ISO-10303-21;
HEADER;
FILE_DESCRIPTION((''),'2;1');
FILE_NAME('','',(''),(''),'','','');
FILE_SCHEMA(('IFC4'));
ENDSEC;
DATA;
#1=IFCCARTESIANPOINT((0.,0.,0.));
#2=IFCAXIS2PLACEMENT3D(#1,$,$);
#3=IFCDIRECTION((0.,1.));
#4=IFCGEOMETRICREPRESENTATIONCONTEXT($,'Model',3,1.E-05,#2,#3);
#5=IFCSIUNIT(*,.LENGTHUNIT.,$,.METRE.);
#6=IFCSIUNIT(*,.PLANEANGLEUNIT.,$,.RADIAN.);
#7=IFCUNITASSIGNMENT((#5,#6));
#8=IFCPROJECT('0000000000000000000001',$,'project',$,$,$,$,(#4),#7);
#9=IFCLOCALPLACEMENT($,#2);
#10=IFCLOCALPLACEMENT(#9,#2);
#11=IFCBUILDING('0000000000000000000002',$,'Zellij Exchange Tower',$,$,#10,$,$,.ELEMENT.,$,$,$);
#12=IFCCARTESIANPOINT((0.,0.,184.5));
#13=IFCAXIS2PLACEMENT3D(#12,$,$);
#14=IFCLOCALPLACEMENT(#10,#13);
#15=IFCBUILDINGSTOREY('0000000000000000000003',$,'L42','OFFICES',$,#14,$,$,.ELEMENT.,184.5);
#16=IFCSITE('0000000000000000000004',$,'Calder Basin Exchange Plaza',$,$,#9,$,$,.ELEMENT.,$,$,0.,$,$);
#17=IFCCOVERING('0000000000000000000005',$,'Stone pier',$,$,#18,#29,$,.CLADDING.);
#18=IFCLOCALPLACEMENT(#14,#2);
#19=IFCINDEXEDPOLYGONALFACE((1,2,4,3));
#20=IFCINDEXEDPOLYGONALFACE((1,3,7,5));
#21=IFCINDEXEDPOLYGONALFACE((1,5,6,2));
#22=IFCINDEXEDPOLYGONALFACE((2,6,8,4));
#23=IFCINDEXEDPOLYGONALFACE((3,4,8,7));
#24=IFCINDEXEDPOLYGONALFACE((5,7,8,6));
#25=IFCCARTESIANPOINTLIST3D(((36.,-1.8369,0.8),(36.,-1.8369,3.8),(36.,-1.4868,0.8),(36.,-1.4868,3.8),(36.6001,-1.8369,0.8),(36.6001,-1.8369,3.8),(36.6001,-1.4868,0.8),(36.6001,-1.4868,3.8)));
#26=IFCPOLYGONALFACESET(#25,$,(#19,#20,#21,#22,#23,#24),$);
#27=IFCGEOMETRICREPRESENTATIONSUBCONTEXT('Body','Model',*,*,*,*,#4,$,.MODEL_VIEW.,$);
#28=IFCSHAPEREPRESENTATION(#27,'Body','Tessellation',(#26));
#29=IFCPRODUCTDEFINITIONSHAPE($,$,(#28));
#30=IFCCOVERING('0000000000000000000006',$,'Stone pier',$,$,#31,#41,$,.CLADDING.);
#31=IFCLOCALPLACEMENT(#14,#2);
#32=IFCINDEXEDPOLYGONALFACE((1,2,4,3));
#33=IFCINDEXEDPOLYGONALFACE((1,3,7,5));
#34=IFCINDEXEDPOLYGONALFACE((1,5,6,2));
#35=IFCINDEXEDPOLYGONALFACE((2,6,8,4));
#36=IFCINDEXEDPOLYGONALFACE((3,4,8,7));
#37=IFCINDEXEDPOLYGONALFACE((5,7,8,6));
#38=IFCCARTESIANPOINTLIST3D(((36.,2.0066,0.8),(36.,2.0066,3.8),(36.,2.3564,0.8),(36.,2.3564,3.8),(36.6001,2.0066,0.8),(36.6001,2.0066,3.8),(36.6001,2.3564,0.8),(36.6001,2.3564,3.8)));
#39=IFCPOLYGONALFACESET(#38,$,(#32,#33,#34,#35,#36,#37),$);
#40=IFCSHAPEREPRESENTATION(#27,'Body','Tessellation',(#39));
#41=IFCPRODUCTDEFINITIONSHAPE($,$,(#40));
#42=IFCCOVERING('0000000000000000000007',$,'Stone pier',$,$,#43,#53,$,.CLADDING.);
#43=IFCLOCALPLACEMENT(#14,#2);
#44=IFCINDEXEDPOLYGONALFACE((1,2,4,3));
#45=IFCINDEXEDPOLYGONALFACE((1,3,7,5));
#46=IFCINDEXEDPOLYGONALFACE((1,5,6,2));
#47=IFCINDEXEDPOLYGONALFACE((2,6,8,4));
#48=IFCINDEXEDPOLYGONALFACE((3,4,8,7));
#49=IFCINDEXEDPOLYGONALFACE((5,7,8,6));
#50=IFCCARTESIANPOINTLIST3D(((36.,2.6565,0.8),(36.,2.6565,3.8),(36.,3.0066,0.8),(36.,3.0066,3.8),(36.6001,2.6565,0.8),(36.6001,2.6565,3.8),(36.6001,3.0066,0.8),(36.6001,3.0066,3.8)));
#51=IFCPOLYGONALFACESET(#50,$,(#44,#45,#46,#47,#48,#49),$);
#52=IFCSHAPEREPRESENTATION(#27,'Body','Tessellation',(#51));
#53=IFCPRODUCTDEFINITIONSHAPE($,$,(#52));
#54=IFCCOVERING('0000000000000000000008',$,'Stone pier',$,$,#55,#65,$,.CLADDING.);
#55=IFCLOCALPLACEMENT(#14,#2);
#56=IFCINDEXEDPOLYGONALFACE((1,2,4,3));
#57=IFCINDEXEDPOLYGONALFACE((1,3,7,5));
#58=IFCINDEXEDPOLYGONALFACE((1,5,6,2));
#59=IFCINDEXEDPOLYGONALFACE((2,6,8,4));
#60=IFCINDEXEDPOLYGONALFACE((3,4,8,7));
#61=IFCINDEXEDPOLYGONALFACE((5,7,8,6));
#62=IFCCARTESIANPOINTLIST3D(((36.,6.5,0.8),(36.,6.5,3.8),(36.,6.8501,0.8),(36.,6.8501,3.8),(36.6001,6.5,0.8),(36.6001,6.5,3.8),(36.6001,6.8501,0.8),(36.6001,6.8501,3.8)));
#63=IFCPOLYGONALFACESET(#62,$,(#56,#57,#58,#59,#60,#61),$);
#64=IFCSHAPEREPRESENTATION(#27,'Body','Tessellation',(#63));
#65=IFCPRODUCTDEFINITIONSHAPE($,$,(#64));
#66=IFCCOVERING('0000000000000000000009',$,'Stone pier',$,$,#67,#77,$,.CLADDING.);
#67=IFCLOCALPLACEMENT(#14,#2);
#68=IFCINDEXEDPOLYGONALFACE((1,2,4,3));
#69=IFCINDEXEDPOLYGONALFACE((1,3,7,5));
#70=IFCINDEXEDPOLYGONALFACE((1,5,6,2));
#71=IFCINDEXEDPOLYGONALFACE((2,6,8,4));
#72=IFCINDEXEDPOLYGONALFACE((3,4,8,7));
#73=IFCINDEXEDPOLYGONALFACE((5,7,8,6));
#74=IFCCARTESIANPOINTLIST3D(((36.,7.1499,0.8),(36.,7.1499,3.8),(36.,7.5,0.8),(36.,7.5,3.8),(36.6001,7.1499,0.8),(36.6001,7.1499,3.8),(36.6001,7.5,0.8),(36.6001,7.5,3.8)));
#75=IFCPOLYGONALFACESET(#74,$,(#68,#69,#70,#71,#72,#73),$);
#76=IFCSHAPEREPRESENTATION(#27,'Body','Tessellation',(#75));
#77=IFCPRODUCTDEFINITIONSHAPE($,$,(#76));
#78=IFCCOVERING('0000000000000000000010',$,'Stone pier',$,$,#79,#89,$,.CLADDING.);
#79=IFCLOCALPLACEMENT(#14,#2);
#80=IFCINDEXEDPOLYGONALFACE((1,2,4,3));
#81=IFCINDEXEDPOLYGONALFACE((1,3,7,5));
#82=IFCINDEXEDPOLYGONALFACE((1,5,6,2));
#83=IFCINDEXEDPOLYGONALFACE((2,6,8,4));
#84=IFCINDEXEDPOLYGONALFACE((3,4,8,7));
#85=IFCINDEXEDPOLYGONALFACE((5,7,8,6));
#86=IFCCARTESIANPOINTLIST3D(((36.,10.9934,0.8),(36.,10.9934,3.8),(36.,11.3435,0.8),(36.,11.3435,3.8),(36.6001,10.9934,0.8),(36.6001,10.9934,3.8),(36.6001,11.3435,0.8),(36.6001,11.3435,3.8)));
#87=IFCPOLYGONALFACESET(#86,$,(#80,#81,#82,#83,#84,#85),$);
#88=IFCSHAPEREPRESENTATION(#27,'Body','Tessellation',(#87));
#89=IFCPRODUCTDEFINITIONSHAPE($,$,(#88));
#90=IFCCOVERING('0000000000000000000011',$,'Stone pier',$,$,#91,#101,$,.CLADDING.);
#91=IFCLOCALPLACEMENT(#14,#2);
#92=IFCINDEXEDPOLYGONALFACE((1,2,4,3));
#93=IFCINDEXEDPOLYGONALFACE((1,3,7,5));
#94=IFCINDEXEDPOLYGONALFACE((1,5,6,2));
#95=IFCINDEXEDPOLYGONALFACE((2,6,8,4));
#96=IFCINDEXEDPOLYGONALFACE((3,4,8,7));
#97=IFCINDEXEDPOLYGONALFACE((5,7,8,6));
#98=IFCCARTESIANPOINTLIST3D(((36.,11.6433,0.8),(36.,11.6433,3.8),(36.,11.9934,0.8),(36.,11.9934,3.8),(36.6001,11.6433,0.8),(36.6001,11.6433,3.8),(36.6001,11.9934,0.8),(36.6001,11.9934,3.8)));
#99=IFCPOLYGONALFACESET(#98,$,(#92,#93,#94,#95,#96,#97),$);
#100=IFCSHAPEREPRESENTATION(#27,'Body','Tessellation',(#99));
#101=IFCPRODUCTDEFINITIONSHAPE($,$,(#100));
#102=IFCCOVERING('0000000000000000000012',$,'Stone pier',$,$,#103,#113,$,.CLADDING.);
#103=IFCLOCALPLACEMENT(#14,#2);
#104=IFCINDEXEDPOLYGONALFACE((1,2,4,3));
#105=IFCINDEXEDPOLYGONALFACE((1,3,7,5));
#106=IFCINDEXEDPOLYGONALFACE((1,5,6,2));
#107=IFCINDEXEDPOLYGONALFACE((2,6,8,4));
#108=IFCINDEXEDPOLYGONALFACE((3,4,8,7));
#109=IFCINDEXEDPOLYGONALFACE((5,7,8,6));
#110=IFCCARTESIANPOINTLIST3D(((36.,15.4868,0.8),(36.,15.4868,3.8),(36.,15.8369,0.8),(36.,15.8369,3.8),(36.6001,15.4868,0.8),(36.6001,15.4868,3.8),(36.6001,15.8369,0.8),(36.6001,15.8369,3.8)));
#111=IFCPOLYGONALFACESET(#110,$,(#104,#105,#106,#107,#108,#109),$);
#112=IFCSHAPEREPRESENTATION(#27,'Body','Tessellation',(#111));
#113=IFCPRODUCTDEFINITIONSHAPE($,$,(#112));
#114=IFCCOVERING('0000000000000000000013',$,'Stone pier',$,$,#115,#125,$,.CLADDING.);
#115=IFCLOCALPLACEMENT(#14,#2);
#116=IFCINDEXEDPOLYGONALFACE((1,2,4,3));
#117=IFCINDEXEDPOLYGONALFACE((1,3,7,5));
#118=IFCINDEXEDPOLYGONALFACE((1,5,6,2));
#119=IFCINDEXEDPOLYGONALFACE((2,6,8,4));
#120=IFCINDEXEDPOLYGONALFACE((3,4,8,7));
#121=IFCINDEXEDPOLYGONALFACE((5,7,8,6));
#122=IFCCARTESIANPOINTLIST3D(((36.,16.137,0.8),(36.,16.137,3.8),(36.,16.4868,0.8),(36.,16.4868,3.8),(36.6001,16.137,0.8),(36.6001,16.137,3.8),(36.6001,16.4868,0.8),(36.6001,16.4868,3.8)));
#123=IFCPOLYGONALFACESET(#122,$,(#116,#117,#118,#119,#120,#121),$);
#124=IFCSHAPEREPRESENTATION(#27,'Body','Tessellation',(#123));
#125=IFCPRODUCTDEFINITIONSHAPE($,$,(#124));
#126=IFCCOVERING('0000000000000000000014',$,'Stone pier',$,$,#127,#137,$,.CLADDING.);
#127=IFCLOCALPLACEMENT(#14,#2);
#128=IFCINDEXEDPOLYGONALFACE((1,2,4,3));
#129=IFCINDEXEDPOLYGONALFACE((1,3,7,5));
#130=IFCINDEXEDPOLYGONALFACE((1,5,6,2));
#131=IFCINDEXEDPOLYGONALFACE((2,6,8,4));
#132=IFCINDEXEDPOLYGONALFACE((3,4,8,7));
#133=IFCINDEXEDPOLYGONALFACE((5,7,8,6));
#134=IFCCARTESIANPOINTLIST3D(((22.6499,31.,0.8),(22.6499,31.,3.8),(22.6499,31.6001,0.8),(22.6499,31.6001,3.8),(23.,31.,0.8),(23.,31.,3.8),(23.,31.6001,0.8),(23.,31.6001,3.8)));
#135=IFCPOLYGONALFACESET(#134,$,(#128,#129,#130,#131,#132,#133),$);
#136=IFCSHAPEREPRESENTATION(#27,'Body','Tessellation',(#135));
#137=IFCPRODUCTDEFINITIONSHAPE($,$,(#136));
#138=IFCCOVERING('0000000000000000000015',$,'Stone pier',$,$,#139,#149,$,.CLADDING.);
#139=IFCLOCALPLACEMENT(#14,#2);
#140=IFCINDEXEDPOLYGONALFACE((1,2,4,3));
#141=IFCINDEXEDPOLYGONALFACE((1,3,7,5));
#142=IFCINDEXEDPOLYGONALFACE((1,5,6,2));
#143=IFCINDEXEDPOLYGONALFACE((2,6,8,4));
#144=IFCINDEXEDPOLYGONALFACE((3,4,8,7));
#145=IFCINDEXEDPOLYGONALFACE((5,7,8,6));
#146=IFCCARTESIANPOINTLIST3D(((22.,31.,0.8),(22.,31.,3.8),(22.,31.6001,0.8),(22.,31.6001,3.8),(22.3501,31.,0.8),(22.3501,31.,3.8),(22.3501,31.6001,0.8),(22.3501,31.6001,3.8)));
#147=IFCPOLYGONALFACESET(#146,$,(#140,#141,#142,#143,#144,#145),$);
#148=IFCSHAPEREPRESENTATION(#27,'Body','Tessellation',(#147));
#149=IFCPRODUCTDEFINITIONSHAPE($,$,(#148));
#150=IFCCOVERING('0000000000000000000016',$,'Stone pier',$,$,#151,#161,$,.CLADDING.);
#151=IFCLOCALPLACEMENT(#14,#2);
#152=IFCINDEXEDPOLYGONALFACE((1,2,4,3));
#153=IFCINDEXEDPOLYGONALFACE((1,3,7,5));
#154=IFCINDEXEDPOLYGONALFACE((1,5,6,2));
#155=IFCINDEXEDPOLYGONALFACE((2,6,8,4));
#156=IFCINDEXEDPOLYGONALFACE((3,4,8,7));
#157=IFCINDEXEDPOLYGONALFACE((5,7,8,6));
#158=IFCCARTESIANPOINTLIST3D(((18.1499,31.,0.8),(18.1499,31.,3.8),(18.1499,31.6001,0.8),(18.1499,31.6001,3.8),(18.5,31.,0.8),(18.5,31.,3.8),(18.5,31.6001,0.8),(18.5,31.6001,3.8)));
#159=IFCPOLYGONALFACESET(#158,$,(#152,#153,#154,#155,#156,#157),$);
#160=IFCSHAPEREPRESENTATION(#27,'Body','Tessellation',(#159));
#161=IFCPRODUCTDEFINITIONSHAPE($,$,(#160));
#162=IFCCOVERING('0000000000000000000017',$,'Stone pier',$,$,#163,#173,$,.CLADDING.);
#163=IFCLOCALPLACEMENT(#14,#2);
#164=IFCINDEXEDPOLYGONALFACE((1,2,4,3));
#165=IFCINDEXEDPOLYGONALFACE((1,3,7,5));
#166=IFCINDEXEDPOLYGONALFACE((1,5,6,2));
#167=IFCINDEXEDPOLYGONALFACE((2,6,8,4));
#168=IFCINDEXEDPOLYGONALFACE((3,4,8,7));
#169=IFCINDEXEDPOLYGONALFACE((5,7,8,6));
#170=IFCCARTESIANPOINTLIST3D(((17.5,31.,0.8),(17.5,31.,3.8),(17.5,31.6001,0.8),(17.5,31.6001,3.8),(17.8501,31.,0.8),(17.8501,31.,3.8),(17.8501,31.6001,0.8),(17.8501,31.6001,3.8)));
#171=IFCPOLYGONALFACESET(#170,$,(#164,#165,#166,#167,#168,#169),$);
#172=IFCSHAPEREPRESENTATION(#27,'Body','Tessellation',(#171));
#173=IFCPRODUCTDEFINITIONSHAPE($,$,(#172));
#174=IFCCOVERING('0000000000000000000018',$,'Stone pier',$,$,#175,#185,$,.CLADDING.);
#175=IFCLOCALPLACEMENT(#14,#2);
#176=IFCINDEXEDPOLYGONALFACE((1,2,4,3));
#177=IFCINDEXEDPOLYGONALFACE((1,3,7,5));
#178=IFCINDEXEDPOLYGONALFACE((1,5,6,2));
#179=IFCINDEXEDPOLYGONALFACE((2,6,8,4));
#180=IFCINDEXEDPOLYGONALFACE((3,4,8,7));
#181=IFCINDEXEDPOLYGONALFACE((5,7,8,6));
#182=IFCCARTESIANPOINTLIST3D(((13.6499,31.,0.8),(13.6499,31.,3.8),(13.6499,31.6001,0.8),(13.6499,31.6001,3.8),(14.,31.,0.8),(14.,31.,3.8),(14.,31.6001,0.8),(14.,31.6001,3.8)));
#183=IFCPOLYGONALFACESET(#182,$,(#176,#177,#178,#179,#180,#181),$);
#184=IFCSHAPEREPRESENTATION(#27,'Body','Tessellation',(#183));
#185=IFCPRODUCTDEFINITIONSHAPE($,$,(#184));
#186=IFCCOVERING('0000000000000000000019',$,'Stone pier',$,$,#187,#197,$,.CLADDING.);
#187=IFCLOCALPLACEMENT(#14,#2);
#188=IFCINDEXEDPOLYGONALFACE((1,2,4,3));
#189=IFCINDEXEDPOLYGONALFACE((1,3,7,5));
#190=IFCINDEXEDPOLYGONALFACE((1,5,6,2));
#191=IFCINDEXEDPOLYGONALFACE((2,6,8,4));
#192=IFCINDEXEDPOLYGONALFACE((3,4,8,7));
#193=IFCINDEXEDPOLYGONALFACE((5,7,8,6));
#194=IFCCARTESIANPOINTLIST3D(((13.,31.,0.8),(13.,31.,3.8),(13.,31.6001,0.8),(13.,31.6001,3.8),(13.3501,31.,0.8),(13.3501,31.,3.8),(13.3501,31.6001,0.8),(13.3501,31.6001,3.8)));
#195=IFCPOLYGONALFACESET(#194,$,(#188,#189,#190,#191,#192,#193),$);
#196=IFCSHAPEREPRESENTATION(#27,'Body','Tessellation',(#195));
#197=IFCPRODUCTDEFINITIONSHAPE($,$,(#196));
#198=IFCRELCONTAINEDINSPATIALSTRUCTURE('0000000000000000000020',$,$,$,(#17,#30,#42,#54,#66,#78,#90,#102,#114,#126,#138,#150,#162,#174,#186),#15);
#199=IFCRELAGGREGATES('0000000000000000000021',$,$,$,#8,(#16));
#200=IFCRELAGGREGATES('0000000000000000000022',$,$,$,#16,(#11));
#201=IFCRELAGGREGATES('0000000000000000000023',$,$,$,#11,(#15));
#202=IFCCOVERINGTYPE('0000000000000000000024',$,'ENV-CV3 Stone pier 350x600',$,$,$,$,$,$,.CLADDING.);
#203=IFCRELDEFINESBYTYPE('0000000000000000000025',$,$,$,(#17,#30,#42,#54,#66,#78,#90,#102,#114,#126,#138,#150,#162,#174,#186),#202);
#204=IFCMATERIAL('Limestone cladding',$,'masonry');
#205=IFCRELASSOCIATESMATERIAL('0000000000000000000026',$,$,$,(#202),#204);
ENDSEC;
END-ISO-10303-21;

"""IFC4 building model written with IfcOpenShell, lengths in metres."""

from ifc_helpers import new_model, si_unit, direction, frame, origin, place, context, subcontext, project, spatial, polyline, outline, extrude, material, type_object, element, save


model = new_model("IFC4")

# Units and contexts
model_context = context("Model", 3, precision=1e-05, world=origin(), true_north=direction((0.0, 1.0)))
body_context = subcontext(model_context, "Body", "Model", "MODEL_VIEW")
ifc_project = project(units=[si_unit("LENGTHUNIT", "METRE"), si_unit("PLANEANGLEUNIT", "RADIAN")], contexts=[model_context])

# Site, building, storey
site_placement = place(None, origin())
site = spatial("IfcSite", under=ifc_project, at=site_placement, Name="Calder Basin Exchange Plaza", CompositionType="ELEMENT", RefElevation=0.0)
building_placement = place(site_placement, origin())
building = spatial("IfcBuilding", under=site, at=building_placement, Name="Zellij Exchange Tower", CompositionType="ELEMENT")
storey_placement = place(building_placement, frame((0.0, 0.0, 184.5)))
storey = spatial("IfcBuildingStorey", under=building, at=storey_placement, Name="L42", Description="OFFICES", CompositionType="ELEMENT", Elevation=184.5)

# Coverings
ifc_material = material(Name="Limestone cladding", Category="masonry")
covering_type = type_object("IfcCoveringType", Name="ENV-CV3 Stone pier 350x600", PredefinedType="CLADDING", material=ifc_material)
covering_1_placement = place(storey_placement, frame((0.0, 0.0, 0.8)))
element("IfcCovering", 1, at=covering_1_placement, inside=storey, type_object=covering_type, Name="Stone pier", PredefinedType="CLADDING", context=body_context, shape_type="SweptSolid", body=[
    extrude(outline(polyline([(36.0, -1.8369), (36.0, -1.4868), (36.6001, -1.4868), (36.6001, -1.8369), (36.0, -1.8369)])), origin(), (0.0, 0.0, 1.0), 3.0),
])
covering_2_placement = place(storey_placement, frame((0.0, 0.0, 0.8)))
element("IfcCovering", 2, at=covering_2_placement, inside=storey, type_object=covering_type, Name="Stone pier", PredefinedType="CLADDING", context=body_context, shape_type="SweptSolid", body=[
    extrude(outline(polyline([(36.0, 2.0066), (36.0, 2.3564), (36.6001, 2.3564), (36.6001, 2.0066), (36.0, 2.0066)])), origin(), (0.0, 0.0, 1.0), 3.0),
])
covering_3_placement = place(storey_placement, frame((0.0, 0.0, 0.8)))
element("IfcCovering", 3, at=covering_3_placement, inside=storey, type_object=covering_type, Name="Stone pier", PredefinedType="CLADDING", context=body_context, shape_type="SweptSolid", body=[
    extrude(outline(polyline([(36.0, 2.6565), (36.0, 3.0066), (36.6001, 3.0066), (36.6001, 2.6565), (36.0, 2.6565)])), origin(), (0.0, 0.0, 1.0), 3.0),
])
covering_4_placement = place(storey_placement, frame((0.0, 0.0, 0.8)))
element("IfcCovering", 4, at=covering_4_placement, inside=storey, type_object=covering_type, Name="Stone pier", PredefinedType="CLADDING", context=body_context, shape_type="SweptSolid", body=[
    extrude(outline(polyline([(36.0, 6.5), (36.0, 6.8501), (36.6001, 6.8501), (36.6001, 6.5), (36.0, 6.5)])), origin(), (0.0, 0.0, 1.0), 3.0),
])
covering_5_placement = place(storey_placement, frame((0.0, 0.0, 0.8)))
element("IfcCovering", 5, at=covering_5_placement, inside=storey, type_object=covering_type, Name="Stone pier", PredefinedType="CLADDING", context=body_context, shape_type="SweptSolid", body=[
    extrude(outline(polyline([(36.0, 7.1499), (36.0, 7.5), (36.6001, 7.5), (36.6001, 7.1499), (36.0, 7.1499)])), origin(), (0.0, 0.0, 1.0), 3.0),
])
covering_6_placement = place(storey_placement, frame((0.0, 0.0, 0.8)))
element("IfcCovering", 6, at=covering_6_placement, inside=storey, type_object=covering_type, Name="Stone pier", PredefinedType="CLADDING", context=body_context, shape_type="SweptSolid", body=[
    extrude(outline(polyline([(36.0, 10.9934), (36.0, 11.3435), (36.6001, 11.3435), (36.6001, 10.9934), (36.0, 10.9934)])), origin(), (0.0, 0.0, 1.0), 3.0),
])
covering_7_placement = place(storey_placement, frame((0.0, 0.0, 0.8)))
element("IfcCovering", 7, at=covering_7_placement, inside=storey, type_object=covering_type, Name="Stone pier", PredefinedType="CLADDING", context=body_context, shape_type="SweptSolid", body=[
    extrude(outline(polyline([(36.0, 11.6433), (36.0, 11.9934), (36.6001, 11.9934), (36.6001, 11.6433), (36.0, 11.6433)])), origin(), (0.0, 0.0, 1.0), 3.0),
])
covering_8_placement = place(storey_placement, frame((0.0, 0.0, 0.8)))
element("IfcCovering", 8, at=covering_8_placement, inside=storey, type_object=covering_type, Name="Stone pier", PredefinedType="CLADDING", context=body_context, shape_type="SweptSolid", body=[
    extrude(outline(polyline([(36.0, 15.4868), (36.0, 15.8369), (36.6001, 15.8369), (36.6001, 15.4868), (36.0, 15.4868)])), origin(), (0.0, 0.0, 1.0), 3.0),
])
covering_9_placement = place(storey_placement, frame((0.0, 0.0, 0.8)))
element("IfcCovering", 9, at=covering_9_placement, inside=storey, type_object=covering_type, Name="Stone pier", PredefinedType="CLADDING", context=body_context, shape_type="SweptSolid", body=[
    extrude(outline(polyline([(36.0, 16.137), (36.0, 16.4868), (36.6001, 16.4868), (36.6001, 16.137), (36.0, 16.137)])), origin(), (0.0, 0.0, 1.0), 3.0),
])
covering_10_placement = place(storey_placement, frame((0.0, 0.0, 0.8)))
element("IfcCovering", 10, at=covering_10_placement, inside=storey, type_object=covering_type, Name="Stone pier", PredefinedType="CLADDING", context=body_context, shape_type="SweptSolid", body=[
    extrude(outline(polyline([(23.0, 31.0), (22.6499, 31.0), (22.6499, 31.6001), (23.0, 31.6001), (23.0, 31.0)])), origin(), (0.0, 0.0, 1.0), 3.0),
])
covering_11_placement = place(storey_placement, frame((0.0, 0.0, 0.8)))
element("IfcCovering", 11, at=covering_11_placement, inside=storey, type_object=covering_type, Name="Stone pier", PredefinedType="CLADDING", context=body_context, shape_type="SweptSolid", body=[
    extrude(outline(polyline([(22.3501, 31.0), (22.0, 31.0), (22.0, 31.6001), (22.3501, 31.6001), (22.3501, 31.0)])), origin(), (0.0, 0.0, 1.0), 3.0),
])
covering_12_placement = place(storey_placement, frame((0.0, 0.0, 0.8)))
element("IfcCovering", 12, at=covering_12_placement, inside=storey, type_object=covering_type, Name="Stone pier", PredefinedType="CLADDING", context=body_context, shape_type="SweptSolid", body=[
    extrude(outline(polyline([(18.5, 31.0), (18.1499, 31.0), (18.1499, 31.6001), (18.5, 31.6001), (18.5, 31.0)])), origin(), (0.0, 0.0, 1.0), 3.0),
])
covering_13_placement = place(storey_placement, frame((0.0, 0.0, 0.8)))
element("IfcCovering", 13, at=covering_13_placement, inside=storey, type_object=covering_type, Name="Stone pier", PredefinedType="CLADDING", context=body_context, shape_type="SweptSolid", body=[
    extrude(outline(polyline([(17.8501, 31.0), (17.5, 31.0), (17.5, 31.6001), (17.8501, 31.6001), (17.8501, 31.0)])), origin(), (0.0, 0.0, 1.0), 3.0),
])
covering_14_placement = place(storey_placement, frame((0.0, 0.0, 0.8)))
element("IfcCovering", 14, at=covering_14_placement, inside=storey, type_object=covering_type, Name="Stone pier", PredefinedType="CLADDING", context=body_context, shape_type="SweptSolid", body=[
    extrude(outline(polyline([(14.0, 31.0), (13.6499, 31.0), (13.6499, 31.6001), (14.0, 31.6001), (14.0, 31.0)])), origin(), (0.0, 0.0, 1.0), 3.0),
])
covering_15_placement = place(storey_placement, frame((0.0, 0.0, 0.8)))
element("IfcCovering", 15, at=covering_15_placement, inside=storey, type_object=covering_type, Name="Stone pier", PredefinedType="CLADDING", context=body_context, shape_type="SweptSolid", body=[
    extrude(outline(polyline([(13.3501, 31.0), (13.0, 31.0), (13.0, 31.6001), (13.3501, 31.6001), (13.3501, 31.0)])), origin(), (0.0, 0.0, 1.0), 3.0),
])

save(model, "model.ifc")
